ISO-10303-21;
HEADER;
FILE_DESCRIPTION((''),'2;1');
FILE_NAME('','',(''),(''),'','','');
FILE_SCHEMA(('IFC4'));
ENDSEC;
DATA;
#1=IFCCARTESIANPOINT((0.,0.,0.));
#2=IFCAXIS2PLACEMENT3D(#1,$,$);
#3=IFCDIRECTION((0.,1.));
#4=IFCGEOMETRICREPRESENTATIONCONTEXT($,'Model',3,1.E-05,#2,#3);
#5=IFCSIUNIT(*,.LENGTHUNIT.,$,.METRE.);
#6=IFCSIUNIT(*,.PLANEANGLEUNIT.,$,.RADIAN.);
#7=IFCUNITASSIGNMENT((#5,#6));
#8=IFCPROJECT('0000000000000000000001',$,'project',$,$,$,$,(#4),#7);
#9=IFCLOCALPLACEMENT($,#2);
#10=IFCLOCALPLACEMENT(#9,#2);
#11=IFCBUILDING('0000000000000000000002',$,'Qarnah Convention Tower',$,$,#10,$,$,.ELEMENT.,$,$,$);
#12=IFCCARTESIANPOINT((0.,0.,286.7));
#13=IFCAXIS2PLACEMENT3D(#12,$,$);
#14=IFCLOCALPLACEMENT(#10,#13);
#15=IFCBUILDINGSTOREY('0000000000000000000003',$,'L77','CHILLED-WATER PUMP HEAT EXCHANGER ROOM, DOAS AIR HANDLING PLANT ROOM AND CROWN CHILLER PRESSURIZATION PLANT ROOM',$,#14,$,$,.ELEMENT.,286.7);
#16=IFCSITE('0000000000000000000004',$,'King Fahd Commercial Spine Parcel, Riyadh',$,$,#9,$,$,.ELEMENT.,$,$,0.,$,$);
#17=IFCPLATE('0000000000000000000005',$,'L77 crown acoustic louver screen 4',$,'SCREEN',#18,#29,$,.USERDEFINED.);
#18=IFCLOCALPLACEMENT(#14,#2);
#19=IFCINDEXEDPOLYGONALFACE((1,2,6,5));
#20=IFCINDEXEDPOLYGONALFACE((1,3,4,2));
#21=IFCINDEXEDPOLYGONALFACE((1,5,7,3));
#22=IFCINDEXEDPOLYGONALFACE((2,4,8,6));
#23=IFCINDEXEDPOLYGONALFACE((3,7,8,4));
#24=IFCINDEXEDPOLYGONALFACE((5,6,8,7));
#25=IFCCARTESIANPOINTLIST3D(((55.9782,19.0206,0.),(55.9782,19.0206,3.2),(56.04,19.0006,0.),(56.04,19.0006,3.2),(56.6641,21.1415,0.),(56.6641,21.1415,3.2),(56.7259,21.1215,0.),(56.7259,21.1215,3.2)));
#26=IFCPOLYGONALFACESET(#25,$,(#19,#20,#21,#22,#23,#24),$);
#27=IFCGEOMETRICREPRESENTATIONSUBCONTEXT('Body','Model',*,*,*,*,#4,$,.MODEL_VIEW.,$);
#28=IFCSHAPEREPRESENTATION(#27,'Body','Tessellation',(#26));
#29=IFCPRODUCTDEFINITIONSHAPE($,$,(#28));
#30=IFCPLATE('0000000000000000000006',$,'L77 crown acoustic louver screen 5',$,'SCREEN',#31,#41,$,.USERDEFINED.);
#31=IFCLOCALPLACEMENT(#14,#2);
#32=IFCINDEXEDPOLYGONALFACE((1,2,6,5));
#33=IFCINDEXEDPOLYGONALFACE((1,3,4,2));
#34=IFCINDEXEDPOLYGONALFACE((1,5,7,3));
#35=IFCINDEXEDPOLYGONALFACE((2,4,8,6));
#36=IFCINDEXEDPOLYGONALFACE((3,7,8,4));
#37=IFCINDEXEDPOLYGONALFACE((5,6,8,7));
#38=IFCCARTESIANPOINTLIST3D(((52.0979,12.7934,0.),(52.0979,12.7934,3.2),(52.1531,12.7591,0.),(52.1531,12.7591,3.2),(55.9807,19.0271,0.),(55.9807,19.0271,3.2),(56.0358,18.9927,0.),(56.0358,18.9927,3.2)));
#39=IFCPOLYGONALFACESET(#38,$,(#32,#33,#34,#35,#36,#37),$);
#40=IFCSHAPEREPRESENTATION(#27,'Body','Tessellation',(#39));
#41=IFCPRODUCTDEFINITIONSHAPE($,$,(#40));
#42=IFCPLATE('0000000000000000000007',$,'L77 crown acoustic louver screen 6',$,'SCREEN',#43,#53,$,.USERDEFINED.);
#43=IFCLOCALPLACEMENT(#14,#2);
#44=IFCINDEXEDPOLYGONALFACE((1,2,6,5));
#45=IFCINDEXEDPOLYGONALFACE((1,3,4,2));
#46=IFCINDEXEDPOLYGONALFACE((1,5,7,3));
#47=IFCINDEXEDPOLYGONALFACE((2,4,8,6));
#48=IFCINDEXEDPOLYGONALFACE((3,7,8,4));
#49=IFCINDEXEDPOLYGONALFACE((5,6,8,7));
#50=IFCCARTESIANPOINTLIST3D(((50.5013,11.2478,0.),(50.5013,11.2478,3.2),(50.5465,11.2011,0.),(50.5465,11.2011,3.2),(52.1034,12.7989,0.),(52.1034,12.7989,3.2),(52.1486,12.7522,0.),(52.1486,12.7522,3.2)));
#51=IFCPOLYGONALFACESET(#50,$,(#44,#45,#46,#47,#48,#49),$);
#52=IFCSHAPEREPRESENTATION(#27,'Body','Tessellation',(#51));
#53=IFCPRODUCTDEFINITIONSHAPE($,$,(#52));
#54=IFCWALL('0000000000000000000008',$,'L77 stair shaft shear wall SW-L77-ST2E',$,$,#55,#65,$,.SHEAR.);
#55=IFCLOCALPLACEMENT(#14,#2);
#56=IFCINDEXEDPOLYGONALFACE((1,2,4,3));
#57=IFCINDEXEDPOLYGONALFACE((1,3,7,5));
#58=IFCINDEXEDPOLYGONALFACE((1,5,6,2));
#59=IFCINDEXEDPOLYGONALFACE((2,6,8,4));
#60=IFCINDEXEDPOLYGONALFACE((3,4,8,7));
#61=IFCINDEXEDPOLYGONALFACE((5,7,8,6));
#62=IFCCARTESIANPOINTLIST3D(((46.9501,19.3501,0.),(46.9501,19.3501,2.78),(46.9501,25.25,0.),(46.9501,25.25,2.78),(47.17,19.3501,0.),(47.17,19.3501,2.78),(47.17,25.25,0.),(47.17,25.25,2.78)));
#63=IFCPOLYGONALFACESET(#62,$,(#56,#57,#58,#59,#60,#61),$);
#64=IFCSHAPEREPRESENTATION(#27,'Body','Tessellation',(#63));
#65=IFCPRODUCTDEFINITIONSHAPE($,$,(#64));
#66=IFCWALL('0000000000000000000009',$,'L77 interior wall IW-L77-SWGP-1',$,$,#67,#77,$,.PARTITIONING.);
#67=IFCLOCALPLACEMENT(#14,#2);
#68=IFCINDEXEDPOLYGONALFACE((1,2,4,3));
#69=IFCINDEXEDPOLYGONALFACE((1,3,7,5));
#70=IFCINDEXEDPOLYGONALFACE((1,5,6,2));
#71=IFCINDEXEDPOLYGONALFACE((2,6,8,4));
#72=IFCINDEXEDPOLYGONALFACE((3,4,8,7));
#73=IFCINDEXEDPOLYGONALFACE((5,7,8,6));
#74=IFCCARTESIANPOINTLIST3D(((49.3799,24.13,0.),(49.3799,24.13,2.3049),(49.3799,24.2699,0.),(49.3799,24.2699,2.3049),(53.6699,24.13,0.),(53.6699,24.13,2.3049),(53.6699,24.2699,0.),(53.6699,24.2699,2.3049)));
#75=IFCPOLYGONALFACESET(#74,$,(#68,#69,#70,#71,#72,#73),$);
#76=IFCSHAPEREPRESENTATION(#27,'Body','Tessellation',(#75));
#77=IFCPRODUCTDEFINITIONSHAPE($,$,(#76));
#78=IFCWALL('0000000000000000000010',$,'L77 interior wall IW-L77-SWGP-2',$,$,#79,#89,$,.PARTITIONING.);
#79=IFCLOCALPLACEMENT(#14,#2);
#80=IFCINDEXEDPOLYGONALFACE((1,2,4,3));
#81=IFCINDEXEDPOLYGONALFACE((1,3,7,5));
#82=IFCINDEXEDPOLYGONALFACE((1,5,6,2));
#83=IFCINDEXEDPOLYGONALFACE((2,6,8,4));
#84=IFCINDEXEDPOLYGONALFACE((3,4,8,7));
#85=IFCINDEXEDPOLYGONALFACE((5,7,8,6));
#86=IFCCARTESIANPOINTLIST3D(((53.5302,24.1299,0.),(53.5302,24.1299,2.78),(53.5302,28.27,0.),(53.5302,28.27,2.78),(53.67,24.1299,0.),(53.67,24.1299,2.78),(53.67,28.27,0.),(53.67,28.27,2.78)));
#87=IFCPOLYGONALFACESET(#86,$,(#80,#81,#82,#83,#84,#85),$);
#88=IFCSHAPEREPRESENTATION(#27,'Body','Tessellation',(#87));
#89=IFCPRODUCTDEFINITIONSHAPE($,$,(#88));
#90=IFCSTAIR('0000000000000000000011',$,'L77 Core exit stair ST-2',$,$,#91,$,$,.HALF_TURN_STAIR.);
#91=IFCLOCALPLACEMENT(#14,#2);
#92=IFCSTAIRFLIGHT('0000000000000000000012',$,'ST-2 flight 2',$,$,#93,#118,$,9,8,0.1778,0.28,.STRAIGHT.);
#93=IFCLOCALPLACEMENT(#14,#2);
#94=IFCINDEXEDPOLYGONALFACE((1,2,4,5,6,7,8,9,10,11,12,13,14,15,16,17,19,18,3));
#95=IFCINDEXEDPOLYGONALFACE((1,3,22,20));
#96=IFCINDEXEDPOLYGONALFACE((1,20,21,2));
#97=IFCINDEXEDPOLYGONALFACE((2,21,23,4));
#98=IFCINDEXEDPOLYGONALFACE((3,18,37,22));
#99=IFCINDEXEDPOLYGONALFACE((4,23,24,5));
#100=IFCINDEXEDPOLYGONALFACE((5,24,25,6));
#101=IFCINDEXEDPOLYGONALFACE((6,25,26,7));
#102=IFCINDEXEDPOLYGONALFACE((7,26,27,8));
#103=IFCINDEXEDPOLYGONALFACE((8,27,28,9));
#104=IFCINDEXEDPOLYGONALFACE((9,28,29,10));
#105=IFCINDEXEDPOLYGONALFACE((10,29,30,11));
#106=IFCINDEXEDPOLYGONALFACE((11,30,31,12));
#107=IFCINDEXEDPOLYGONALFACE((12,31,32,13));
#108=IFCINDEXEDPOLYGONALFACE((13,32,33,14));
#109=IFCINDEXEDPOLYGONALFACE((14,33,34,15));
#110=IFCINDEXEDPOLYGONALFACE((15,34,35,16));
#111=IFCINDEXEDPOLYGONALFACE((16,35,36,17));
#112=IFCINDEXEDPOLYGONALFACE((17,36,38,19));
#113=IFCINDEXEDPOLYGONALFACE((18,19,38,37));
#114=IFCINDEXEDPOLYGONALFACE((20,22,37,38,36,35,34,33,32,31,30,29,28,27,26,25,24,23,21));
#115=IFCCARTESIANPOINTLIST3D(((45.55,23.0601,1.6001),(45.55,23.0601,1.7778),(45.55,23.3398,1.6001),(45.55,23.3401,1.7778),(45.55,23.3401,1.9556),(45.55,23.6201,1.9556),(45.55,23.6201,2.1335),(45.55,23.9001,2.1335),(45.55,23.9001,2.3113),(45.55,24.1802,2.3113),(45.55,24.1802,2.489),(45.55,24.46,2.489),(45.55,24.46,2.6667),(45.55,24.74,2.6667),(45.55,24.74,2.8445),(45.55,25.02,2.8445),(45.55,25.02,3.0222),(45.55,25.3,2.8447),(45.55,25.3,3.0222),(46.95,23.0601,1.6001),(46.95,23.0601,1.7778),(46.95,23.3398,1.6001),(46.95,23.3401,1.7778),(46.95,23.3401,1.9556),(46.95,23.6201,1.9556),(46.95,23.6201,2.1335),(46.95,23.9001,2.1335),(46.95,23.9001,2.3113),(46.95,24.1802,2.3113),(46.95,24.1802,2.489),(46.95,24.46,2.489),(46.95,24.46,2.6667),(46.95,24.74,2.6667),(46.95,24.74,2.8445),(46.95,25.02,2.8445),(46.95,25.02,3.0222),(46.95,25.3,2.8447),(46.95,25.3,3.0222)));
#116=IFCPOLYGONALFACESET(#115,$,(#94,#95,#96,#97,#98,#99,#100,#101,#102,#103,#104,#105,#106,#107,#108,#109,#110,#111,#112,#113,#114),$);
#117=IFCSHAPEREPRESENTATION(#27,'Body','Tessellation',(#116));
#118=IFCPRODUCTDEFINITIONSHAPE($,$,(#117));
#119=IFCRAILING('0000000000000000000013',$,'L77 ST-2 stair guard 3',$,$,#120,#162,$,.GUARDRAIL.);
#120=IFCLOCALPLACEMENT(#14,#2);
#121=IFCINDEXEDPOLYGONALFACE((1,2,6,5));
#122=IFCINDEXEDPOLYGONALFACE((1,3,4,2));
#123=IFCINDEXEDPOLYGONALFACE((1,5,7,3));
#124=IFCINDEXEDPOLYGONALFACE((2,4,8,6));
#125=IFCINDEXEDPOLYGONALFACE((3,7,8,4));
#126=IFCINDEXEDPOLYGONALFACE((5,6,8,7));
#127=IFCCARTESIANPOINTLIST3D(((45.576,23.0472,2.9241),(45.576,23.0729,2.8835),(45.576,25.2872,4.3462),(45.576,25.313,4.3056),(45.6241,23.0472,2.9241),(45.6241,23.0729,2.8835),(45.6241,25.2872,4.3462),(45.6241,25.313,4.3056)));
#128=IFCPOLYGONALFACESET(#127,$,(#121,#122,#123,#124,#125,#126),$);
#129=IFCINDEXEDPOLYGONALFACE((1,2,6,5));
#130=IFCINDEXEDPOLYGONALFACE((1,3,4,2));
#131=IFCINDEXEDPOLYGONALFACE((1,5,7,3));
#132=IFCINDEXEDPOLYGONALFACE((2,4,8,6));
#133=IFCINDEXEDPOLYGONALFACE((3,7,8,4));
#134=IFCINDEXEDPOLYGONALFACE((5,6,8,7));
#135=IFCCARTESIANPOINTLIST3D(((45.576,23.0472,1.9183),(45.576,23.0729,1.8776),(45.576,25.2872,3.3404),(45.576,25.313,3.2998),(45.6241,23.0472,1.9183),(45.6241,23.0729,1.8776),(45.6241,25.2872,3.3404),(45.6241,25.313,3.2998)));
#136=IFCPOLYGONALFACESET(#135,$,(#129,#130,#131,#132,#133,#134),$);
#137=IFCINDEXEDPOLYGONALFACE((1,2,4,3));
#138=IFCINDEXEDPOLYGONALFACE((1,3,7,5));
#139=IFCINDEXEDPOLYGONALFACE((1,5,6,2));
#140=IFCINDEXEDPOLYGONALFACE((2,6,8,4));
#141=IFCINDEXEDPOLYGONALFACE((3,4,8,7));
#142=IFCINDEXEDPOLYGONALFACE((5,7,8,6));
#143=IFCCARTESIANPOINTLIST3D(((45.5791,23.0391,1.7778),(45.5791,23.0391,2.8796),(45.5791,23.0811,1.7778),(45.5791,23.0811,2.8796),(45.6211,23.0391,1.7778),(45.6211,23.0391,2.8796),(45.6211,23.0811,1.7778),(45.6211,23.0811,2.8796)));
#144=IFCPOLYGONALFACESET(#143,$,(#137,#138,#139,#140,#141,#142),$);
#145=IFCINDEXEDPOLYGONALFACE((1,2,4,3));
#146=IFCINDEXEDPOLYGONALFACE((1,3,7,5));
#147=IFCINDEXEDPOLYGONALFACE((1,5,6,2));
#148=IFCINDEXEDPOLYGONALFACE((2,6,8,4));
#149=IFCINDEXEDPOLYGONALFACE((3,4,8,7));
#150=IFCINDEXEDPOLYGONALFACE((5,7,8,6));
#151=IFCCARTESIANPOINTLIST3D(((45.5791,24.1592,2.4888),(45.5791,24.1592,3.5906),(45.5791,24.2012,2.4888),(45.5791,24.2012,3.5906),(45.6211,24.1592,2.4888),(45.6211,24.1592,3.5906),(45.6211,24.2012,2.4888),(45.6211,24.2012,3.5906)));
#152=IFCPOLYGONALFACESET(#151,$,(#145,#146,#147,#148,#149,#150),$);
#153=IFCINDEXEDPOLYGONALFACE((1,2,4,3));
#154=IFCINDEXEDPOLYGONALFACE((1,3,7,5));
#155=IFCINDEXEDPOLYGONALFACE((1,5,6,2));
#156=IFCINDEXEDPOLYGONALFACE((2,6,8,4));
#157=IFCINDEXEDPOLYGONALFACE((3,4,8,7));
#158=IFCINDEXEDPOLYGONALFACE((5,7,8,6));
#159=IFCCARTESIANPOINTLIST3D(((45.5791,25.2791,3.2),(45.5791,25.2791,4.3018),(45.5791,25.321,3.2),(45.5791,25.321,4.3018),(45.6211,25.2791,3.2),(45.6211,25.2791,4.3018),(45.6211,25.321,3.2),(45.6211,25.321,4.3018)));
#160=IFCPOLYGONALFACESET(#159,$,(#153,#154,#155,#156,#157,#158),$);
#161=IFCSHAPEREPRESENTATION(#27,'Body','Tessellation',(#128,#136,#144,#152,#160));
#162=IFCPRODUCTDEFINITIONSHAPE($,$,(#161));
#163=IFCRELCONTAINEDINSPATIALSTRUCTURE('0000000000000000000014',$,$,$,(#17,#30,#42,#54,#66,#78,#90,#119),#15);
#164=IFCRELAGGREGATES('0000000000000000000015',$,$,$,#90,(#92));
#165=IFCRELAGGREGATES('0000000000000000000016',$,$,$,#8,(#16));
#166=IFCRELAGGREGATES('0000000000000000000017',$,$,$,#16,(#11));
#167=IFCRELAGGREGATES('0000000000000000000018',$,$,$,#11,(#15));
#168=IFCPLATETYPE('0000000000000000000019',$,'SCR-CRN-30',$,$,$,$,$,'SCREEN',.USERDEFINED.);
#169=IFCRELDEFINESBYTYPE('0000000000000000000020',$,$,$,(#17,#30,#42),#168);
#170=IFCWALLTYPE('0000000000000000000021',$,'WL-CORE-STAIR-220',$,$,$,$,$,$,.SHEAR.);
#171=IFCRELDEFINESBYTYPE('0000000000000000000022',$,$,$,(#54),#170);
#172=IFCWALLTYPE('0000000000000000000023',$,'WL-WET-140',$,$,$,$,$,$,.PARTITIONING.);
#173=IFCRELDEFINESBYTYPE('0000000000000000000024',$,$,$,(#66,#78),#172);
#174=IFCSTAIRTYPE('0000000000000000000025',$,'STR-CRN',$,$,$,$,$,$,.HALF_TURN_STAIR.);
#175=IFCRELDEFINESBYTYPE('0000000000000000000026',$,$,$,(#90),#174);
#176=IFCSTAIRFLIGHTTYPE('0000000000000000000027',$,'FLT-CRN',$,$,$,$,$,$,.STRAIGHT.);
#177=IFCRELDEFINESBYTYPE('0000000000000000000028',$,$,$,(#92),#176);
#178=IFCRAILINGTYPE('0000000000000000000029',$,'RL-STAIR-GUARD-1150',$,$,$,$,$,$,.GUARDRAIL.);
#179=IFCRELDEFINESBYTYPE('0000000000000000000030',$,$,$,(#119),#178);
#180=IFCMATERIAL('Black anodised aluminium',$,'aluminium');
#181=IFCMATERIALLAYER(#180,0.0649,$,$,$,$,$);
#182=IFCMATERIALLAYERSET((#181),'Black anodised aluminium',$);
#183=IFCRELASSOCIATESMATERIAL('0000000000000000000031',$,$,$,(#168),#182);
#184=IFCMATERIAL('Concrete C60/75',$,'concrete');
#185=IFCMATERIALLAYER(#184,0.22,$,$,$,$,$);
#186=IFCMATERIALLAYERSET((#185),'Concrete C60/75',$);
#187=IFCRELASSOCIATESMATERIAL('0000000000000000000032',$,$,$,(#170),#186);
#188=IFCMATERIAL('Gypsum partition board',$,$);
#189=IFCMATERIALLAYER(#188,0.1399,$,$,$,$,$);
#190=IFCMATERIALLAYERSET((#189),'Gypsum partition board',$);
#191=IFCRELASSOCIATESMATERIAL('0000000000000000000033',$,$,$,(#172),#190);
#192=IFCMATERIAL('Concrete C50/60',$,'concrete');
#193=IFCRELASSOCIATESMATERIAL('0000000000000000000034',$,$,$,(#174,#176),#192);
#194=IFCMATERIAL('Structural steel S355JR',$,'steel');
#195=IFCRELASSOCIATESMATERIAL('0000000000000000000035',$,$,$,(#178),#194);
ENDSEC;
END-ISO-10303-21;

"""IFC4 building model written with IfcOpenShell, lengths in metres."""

from ifc_helpers import new_model, si_unit, direction, frame, frame_2d, origin, origin_2d, place, context, subcontext, project, spatial, polyline, rectangle, outline, extrude, material, layer, layer_set, type_object, element, aggregate, save


model = new_model("IFC4")

# Units and contexts
model_context = context("Model", 3, precision=1e-05, world=origin(), true_north=direction((0.0, 1.0)))
body_context = subcontext(model_context, "Body", "Model", "MODEL_VIEW")
ifc_project = project(units=[si_unit("LENGTHUNIT", "METRE"), si_unit("PLANEANGLEUNIT", "RADIAN")], contexts=[model_context])

# Site, building, storey
site_placement = place(None, origin())
site = spatial("IfcSite", under=ifc_project, at=site_placement, Name="King Fahd Commercial Spine Parcel, Riyadh", CompositionType="ELEMENT", RefElevation=0.0)
building_placement = place(site_placement, origin())
building = spatial("IfcBuilding", under=site, at=building_placement, Name="Qarnah Convention Tower", CompositionType="ELEMENT")
storey_placement = place(building_placement, frame((0.0, 0.0, 286.7)))
storey = spatial("IfcBuildingStorey", under=building, at=storey_placement, Name="L77", Description="CHILLED-WATER PUMP HEAT EXCHANGER ROOM, DOAS AIR HANDLING PLANT ROOM AND CROWN CHILLER PRESSURIZATION PLANT ROOM", CompositionType="ELEMENT", Elevation=286.7)

# Shared definitions
ifc_material_1 = material(Name="Structural steel S355JR", Category="steel")

# Shared definitions
ifc_material_2 = material(Name="Black anodised aluminium", Category="aluminium")

# Plates
ifc_layer_1 = layer(ifc_material_2, 0.0649)
ifc_layer_set_1 = layer_set([ifc_layer_1], Name="Black anodised aluminium")
plate_type_1 = type_object("IfcPlateType", Name="SCR-CRN-30", ElementType="SCREEN", PredefinedType="USERDEFINED", material=ifc_layer_set_1)
plate_1_placement = place(storey_placement, frame((56.3521, 20.071, 0.0), z_axis=(0.0, 0.0, 1.0), x_axis=(-0.307737, -0.951471, 0.0)))
element("IfcPlate", 1, at=plate_1_placement, inside=storey, type_object=plate_type_1, Name="L77 crown acoustic louver screen 4", ObjectType="SCREEN", PredefinedType="USERDEFINED", context=body_context, shape_type="SweptSolid", body=[
    extrude(rectangle(XDim=2.229, YDim=0.0649, at=origin_2d()), origin(), (0.0, 0.0, 1.0), 3.2),
])
plate_2_placement = place(storey_placement, frame((54.0669, 15.8931, 0.0), z_axis=(0.0, 0.0, 1.0), x_axis=(-0.528701, -0.848808, 0.0)))
element("IfcPlate", 2, at=plate_2_placement, inside=storey, type_object=plate_type_1, Name="L77 crown acoustic louver screen 5", ObjectType="SCREEN", PredefinedType="USERDEFINED", context=body_context, shape_type="SweptSolid", body=[
    extrude(rectangle(XDim=7.344, YDim=0.0649, at=origin_2d()), origin(), (0.0, 0.0, 1.0), 3.2),
])
plate_3_placement = place(storey_placement, frame((51.325, 12.0, 0.0), z_axis=(0.0, 0.0, 1.0), x_axis=(-0.718451, -0.695578, 0.0)))
element("IfcPlate", 3, at=plate_3_placement, inside=storey, type_object=plate_type_1, Name="L77 crown acoustic louver screen 6", ObjectType="SCREEN", PredefinedType="USERDEFINED", context=body_context, shape_type="SweptSolid", body=[
    extrude(rectangle(XDim=2.23, YDim=0.0649, at=origin_2d()), origin(), (0.0, 0.0, 1.0), 3.2),
])

# Shared definitions
ifc_material_3 = material(Name="Concrete C60/75", Category="concrete")

# Walls
ifc_layer_2 = layer(ifc_material_3, 0.22)
ifc_layer_set_2 = layer_set([ifc_layer_2], Name="Concrete C60/75")
wall_type_1 = type_object("IfcWallType", Name="WL-CORE-STAIR-220", PredefinedType="SHEAR", material=ifc_layer_set_2)
wall_1_placement = place(storey_placement, frame((47.0601, 19.3501, 0.0), z_axis=(0.0, 0.0, 1.0), x_axis=(0.0, 1.0, 0.0)))
element("IfcWall", 4, at=wall_1_placement, inside=storey, type_object=wall_type_1, Name="L77 stair shaft shear wall SW-L77-ST2E", PredefinedType="SHEAR", context=body_context, shape_type="SweptSolid", body=[
    extrude(rectangle(XDim=5.8999, YDim=0.22, at=frame_2d((2.95, 0.0))), origin(), (0.0, 0.0, 1.0), 2.78),
])
ifc_material_4 = material(Name="Gypsum partition board")
ifc_layer_3 = layer(ifc_material_4, 0.1399)
ifc_layer_set_3 = layer_set([ifc_layer_3], Name="Gypsum partition board")
wall_type_2 = type_object("IfcWallType", Name="WL-WET-140", PredefinedType="PARTITIONING", material=ifc_layer_set_3)
wall_2_placement = place(storey_placement, frame((49.3799, 24.2, 0.0), z_axis=(0.0, 0.0, 1.0), x_axis=(1.0, 0.0, 0.0)))
element("IfcWall", 5, at=wall_2_placement, inside=storey, type_object=wall_type_2, Name="L77 interior wall IW-L77-SWGP-1", PredefinedType="PARTITIONING", context=body_context, shape_type="SweptSolid", body=[
    extrude(rectangle(XDim=4.29, YDim=0.1399, at=frame_2d((2.145, 0.0))), origin(), (0.0, 0.0, 1.0), 2.3049),
])
wall_3_placement = place(storey_placement, frame((53.6001, 24.1299, 0.0), z_axis=(0.0, 0.0, 1.0), x_axis=(0.0, 1.0, 0.0)))
element("IfcWall", 6, at=wall_3_placement, inside=storey, type_object=wall_type_2, Name="L77 interior wall IW-L77-SWGP-2", PredefinedType="PARTITIONING", context=body_context, shape_type="SweptSolid", body=[
    extrude(rectangle(XDim=4.1401, YDim=0.1399, at=frame_2d((2.0701, 0.0))), origin(), (0.0, 0.0, 1.0), 2.78),
])

# Stair, stair flight
ifc_material_5 = material(Name="Concrete C50/60", Category="concrete")
stair_type = type_object("IfcStairType", Name="STR-CRN", PredefinedType="HALF_TURN_STAIR", material=ifc_material_5)
stair_placement = place(storey_placement, origin())
stair = element("IfcStair", 7, at=stair_placement, inside=storey, type_object=stair_type, Name="L77 Core exit stair ST-2", PredefinedType="HALF_TURN_STAIR")
stair_flight_type = type_object("IfcStairFlightType", Name="FLT-CRN", PredefinedType="STRAIGHT", material=ifc_material_5)
stair_flight_placement = place(storey_placement, frame((46.25, 23.0601, 1.6001), z_axis=(0.0, 0.0, 1.0), x_axis=(0.0, 1.0, 0.0)))
stair_flight = element("IfcStairFlight", 8, at=stair_flight_placement, type_object=stair_flight_type, Name="ST-2 flight 2", NumberOfRisers=9, NumberOfTreads=8, PredefinedType="STRAIGHT", RiserHeight=0.1778, TreadLength=0.28, context=body_context, shape_type="SweptSolid", body=[
    extrude(outline(polyline([(0.0, 0.0), (0.0, 0.1777), (0.28, 0.1777), (0.28, 0.3555), (0.5601, 0.3555), (0.5601, 0.5334), (0.8401, 0.5334), (0.8401, 0.7112), (1.1201, 0.7112), (1.1201, 0.8889), (1.3999, 0.8889), (1.3999, 1.0667), (1.6799, 1.0667), (1.6799, 1.2444), (1.96, 1.2444), (1.96, 1.4221), (2.24, 1.4221), (2.24, 1.6001), (2.24, 1.2446), (0.2798, 0.0), (0.0, 0.0)])), frame((0.0, 0.7, 0.0), z_axis=(0.0, -1.0, 0.0), x_axis=(1.0, 0.0, 0.0)), (0.0, 0.0, 1.0), 1.3999),
])
aggregate(stair, [stair_flight])

# Railing
railing_type_1 = type_object("IfcRailingType", Name="RL-STAIR-GUARD-1150", PredefinedType="GUARDRAIL", material=ifc_material_1)
railing_1_placement = place(storey_placement, frame((45.6001, 23.0601, 1.7778)))
element("IfcRailing", 9, at=railing_1_placement, inside=storey, type_object=railing_type_1, Name="L77 ST-2 stair guard 3", PredefinedType="GUARDRAIL", context=body_context, shape_type="SweptSolid", body=[
    extrude(rectangle(XDim=0.0481, YDim=0.0481, at=origin_2d()), frame((0.0, 0.0, 1.126), z_axis=(0.0, 0.844229, 0.535982), x_axis=(-1.0, 0.0, 0.0)), (0.0, 0.0, 1.0), 2.6533),
    extrude(rectangle(XDim=0.0481, YDim=0.0481, at=origin_2d()), frame((0.0, 0.0, 0.1201), z_axis=(0.0, 0.844229, 0.535982), x_axis=(-1.0, 0.0, 0.0)), (0.0, 0.0, 1.0), 2.6533),
    extrude(rectangle(XDim=0.042, YDim=0.042, at=origin_2d()), origin(), (0.0, 0.0, 1.0), 1.1018),
    extrude(rectangle(XDim=0.042, YDim=0.042, at=origin_2d()), frame((0.0, 1.1201, 0.7109)), (0.0, 0.0, 1.0), 1.1018),
    extrude(rectangle(XDim=0.042, YDim=0.042, at=origin_2d()), frame((0.0, 2.24, 1.4221)), (0.0, 0.0, 1.0), 1.1018),
])

save(model, "model.ifc")
